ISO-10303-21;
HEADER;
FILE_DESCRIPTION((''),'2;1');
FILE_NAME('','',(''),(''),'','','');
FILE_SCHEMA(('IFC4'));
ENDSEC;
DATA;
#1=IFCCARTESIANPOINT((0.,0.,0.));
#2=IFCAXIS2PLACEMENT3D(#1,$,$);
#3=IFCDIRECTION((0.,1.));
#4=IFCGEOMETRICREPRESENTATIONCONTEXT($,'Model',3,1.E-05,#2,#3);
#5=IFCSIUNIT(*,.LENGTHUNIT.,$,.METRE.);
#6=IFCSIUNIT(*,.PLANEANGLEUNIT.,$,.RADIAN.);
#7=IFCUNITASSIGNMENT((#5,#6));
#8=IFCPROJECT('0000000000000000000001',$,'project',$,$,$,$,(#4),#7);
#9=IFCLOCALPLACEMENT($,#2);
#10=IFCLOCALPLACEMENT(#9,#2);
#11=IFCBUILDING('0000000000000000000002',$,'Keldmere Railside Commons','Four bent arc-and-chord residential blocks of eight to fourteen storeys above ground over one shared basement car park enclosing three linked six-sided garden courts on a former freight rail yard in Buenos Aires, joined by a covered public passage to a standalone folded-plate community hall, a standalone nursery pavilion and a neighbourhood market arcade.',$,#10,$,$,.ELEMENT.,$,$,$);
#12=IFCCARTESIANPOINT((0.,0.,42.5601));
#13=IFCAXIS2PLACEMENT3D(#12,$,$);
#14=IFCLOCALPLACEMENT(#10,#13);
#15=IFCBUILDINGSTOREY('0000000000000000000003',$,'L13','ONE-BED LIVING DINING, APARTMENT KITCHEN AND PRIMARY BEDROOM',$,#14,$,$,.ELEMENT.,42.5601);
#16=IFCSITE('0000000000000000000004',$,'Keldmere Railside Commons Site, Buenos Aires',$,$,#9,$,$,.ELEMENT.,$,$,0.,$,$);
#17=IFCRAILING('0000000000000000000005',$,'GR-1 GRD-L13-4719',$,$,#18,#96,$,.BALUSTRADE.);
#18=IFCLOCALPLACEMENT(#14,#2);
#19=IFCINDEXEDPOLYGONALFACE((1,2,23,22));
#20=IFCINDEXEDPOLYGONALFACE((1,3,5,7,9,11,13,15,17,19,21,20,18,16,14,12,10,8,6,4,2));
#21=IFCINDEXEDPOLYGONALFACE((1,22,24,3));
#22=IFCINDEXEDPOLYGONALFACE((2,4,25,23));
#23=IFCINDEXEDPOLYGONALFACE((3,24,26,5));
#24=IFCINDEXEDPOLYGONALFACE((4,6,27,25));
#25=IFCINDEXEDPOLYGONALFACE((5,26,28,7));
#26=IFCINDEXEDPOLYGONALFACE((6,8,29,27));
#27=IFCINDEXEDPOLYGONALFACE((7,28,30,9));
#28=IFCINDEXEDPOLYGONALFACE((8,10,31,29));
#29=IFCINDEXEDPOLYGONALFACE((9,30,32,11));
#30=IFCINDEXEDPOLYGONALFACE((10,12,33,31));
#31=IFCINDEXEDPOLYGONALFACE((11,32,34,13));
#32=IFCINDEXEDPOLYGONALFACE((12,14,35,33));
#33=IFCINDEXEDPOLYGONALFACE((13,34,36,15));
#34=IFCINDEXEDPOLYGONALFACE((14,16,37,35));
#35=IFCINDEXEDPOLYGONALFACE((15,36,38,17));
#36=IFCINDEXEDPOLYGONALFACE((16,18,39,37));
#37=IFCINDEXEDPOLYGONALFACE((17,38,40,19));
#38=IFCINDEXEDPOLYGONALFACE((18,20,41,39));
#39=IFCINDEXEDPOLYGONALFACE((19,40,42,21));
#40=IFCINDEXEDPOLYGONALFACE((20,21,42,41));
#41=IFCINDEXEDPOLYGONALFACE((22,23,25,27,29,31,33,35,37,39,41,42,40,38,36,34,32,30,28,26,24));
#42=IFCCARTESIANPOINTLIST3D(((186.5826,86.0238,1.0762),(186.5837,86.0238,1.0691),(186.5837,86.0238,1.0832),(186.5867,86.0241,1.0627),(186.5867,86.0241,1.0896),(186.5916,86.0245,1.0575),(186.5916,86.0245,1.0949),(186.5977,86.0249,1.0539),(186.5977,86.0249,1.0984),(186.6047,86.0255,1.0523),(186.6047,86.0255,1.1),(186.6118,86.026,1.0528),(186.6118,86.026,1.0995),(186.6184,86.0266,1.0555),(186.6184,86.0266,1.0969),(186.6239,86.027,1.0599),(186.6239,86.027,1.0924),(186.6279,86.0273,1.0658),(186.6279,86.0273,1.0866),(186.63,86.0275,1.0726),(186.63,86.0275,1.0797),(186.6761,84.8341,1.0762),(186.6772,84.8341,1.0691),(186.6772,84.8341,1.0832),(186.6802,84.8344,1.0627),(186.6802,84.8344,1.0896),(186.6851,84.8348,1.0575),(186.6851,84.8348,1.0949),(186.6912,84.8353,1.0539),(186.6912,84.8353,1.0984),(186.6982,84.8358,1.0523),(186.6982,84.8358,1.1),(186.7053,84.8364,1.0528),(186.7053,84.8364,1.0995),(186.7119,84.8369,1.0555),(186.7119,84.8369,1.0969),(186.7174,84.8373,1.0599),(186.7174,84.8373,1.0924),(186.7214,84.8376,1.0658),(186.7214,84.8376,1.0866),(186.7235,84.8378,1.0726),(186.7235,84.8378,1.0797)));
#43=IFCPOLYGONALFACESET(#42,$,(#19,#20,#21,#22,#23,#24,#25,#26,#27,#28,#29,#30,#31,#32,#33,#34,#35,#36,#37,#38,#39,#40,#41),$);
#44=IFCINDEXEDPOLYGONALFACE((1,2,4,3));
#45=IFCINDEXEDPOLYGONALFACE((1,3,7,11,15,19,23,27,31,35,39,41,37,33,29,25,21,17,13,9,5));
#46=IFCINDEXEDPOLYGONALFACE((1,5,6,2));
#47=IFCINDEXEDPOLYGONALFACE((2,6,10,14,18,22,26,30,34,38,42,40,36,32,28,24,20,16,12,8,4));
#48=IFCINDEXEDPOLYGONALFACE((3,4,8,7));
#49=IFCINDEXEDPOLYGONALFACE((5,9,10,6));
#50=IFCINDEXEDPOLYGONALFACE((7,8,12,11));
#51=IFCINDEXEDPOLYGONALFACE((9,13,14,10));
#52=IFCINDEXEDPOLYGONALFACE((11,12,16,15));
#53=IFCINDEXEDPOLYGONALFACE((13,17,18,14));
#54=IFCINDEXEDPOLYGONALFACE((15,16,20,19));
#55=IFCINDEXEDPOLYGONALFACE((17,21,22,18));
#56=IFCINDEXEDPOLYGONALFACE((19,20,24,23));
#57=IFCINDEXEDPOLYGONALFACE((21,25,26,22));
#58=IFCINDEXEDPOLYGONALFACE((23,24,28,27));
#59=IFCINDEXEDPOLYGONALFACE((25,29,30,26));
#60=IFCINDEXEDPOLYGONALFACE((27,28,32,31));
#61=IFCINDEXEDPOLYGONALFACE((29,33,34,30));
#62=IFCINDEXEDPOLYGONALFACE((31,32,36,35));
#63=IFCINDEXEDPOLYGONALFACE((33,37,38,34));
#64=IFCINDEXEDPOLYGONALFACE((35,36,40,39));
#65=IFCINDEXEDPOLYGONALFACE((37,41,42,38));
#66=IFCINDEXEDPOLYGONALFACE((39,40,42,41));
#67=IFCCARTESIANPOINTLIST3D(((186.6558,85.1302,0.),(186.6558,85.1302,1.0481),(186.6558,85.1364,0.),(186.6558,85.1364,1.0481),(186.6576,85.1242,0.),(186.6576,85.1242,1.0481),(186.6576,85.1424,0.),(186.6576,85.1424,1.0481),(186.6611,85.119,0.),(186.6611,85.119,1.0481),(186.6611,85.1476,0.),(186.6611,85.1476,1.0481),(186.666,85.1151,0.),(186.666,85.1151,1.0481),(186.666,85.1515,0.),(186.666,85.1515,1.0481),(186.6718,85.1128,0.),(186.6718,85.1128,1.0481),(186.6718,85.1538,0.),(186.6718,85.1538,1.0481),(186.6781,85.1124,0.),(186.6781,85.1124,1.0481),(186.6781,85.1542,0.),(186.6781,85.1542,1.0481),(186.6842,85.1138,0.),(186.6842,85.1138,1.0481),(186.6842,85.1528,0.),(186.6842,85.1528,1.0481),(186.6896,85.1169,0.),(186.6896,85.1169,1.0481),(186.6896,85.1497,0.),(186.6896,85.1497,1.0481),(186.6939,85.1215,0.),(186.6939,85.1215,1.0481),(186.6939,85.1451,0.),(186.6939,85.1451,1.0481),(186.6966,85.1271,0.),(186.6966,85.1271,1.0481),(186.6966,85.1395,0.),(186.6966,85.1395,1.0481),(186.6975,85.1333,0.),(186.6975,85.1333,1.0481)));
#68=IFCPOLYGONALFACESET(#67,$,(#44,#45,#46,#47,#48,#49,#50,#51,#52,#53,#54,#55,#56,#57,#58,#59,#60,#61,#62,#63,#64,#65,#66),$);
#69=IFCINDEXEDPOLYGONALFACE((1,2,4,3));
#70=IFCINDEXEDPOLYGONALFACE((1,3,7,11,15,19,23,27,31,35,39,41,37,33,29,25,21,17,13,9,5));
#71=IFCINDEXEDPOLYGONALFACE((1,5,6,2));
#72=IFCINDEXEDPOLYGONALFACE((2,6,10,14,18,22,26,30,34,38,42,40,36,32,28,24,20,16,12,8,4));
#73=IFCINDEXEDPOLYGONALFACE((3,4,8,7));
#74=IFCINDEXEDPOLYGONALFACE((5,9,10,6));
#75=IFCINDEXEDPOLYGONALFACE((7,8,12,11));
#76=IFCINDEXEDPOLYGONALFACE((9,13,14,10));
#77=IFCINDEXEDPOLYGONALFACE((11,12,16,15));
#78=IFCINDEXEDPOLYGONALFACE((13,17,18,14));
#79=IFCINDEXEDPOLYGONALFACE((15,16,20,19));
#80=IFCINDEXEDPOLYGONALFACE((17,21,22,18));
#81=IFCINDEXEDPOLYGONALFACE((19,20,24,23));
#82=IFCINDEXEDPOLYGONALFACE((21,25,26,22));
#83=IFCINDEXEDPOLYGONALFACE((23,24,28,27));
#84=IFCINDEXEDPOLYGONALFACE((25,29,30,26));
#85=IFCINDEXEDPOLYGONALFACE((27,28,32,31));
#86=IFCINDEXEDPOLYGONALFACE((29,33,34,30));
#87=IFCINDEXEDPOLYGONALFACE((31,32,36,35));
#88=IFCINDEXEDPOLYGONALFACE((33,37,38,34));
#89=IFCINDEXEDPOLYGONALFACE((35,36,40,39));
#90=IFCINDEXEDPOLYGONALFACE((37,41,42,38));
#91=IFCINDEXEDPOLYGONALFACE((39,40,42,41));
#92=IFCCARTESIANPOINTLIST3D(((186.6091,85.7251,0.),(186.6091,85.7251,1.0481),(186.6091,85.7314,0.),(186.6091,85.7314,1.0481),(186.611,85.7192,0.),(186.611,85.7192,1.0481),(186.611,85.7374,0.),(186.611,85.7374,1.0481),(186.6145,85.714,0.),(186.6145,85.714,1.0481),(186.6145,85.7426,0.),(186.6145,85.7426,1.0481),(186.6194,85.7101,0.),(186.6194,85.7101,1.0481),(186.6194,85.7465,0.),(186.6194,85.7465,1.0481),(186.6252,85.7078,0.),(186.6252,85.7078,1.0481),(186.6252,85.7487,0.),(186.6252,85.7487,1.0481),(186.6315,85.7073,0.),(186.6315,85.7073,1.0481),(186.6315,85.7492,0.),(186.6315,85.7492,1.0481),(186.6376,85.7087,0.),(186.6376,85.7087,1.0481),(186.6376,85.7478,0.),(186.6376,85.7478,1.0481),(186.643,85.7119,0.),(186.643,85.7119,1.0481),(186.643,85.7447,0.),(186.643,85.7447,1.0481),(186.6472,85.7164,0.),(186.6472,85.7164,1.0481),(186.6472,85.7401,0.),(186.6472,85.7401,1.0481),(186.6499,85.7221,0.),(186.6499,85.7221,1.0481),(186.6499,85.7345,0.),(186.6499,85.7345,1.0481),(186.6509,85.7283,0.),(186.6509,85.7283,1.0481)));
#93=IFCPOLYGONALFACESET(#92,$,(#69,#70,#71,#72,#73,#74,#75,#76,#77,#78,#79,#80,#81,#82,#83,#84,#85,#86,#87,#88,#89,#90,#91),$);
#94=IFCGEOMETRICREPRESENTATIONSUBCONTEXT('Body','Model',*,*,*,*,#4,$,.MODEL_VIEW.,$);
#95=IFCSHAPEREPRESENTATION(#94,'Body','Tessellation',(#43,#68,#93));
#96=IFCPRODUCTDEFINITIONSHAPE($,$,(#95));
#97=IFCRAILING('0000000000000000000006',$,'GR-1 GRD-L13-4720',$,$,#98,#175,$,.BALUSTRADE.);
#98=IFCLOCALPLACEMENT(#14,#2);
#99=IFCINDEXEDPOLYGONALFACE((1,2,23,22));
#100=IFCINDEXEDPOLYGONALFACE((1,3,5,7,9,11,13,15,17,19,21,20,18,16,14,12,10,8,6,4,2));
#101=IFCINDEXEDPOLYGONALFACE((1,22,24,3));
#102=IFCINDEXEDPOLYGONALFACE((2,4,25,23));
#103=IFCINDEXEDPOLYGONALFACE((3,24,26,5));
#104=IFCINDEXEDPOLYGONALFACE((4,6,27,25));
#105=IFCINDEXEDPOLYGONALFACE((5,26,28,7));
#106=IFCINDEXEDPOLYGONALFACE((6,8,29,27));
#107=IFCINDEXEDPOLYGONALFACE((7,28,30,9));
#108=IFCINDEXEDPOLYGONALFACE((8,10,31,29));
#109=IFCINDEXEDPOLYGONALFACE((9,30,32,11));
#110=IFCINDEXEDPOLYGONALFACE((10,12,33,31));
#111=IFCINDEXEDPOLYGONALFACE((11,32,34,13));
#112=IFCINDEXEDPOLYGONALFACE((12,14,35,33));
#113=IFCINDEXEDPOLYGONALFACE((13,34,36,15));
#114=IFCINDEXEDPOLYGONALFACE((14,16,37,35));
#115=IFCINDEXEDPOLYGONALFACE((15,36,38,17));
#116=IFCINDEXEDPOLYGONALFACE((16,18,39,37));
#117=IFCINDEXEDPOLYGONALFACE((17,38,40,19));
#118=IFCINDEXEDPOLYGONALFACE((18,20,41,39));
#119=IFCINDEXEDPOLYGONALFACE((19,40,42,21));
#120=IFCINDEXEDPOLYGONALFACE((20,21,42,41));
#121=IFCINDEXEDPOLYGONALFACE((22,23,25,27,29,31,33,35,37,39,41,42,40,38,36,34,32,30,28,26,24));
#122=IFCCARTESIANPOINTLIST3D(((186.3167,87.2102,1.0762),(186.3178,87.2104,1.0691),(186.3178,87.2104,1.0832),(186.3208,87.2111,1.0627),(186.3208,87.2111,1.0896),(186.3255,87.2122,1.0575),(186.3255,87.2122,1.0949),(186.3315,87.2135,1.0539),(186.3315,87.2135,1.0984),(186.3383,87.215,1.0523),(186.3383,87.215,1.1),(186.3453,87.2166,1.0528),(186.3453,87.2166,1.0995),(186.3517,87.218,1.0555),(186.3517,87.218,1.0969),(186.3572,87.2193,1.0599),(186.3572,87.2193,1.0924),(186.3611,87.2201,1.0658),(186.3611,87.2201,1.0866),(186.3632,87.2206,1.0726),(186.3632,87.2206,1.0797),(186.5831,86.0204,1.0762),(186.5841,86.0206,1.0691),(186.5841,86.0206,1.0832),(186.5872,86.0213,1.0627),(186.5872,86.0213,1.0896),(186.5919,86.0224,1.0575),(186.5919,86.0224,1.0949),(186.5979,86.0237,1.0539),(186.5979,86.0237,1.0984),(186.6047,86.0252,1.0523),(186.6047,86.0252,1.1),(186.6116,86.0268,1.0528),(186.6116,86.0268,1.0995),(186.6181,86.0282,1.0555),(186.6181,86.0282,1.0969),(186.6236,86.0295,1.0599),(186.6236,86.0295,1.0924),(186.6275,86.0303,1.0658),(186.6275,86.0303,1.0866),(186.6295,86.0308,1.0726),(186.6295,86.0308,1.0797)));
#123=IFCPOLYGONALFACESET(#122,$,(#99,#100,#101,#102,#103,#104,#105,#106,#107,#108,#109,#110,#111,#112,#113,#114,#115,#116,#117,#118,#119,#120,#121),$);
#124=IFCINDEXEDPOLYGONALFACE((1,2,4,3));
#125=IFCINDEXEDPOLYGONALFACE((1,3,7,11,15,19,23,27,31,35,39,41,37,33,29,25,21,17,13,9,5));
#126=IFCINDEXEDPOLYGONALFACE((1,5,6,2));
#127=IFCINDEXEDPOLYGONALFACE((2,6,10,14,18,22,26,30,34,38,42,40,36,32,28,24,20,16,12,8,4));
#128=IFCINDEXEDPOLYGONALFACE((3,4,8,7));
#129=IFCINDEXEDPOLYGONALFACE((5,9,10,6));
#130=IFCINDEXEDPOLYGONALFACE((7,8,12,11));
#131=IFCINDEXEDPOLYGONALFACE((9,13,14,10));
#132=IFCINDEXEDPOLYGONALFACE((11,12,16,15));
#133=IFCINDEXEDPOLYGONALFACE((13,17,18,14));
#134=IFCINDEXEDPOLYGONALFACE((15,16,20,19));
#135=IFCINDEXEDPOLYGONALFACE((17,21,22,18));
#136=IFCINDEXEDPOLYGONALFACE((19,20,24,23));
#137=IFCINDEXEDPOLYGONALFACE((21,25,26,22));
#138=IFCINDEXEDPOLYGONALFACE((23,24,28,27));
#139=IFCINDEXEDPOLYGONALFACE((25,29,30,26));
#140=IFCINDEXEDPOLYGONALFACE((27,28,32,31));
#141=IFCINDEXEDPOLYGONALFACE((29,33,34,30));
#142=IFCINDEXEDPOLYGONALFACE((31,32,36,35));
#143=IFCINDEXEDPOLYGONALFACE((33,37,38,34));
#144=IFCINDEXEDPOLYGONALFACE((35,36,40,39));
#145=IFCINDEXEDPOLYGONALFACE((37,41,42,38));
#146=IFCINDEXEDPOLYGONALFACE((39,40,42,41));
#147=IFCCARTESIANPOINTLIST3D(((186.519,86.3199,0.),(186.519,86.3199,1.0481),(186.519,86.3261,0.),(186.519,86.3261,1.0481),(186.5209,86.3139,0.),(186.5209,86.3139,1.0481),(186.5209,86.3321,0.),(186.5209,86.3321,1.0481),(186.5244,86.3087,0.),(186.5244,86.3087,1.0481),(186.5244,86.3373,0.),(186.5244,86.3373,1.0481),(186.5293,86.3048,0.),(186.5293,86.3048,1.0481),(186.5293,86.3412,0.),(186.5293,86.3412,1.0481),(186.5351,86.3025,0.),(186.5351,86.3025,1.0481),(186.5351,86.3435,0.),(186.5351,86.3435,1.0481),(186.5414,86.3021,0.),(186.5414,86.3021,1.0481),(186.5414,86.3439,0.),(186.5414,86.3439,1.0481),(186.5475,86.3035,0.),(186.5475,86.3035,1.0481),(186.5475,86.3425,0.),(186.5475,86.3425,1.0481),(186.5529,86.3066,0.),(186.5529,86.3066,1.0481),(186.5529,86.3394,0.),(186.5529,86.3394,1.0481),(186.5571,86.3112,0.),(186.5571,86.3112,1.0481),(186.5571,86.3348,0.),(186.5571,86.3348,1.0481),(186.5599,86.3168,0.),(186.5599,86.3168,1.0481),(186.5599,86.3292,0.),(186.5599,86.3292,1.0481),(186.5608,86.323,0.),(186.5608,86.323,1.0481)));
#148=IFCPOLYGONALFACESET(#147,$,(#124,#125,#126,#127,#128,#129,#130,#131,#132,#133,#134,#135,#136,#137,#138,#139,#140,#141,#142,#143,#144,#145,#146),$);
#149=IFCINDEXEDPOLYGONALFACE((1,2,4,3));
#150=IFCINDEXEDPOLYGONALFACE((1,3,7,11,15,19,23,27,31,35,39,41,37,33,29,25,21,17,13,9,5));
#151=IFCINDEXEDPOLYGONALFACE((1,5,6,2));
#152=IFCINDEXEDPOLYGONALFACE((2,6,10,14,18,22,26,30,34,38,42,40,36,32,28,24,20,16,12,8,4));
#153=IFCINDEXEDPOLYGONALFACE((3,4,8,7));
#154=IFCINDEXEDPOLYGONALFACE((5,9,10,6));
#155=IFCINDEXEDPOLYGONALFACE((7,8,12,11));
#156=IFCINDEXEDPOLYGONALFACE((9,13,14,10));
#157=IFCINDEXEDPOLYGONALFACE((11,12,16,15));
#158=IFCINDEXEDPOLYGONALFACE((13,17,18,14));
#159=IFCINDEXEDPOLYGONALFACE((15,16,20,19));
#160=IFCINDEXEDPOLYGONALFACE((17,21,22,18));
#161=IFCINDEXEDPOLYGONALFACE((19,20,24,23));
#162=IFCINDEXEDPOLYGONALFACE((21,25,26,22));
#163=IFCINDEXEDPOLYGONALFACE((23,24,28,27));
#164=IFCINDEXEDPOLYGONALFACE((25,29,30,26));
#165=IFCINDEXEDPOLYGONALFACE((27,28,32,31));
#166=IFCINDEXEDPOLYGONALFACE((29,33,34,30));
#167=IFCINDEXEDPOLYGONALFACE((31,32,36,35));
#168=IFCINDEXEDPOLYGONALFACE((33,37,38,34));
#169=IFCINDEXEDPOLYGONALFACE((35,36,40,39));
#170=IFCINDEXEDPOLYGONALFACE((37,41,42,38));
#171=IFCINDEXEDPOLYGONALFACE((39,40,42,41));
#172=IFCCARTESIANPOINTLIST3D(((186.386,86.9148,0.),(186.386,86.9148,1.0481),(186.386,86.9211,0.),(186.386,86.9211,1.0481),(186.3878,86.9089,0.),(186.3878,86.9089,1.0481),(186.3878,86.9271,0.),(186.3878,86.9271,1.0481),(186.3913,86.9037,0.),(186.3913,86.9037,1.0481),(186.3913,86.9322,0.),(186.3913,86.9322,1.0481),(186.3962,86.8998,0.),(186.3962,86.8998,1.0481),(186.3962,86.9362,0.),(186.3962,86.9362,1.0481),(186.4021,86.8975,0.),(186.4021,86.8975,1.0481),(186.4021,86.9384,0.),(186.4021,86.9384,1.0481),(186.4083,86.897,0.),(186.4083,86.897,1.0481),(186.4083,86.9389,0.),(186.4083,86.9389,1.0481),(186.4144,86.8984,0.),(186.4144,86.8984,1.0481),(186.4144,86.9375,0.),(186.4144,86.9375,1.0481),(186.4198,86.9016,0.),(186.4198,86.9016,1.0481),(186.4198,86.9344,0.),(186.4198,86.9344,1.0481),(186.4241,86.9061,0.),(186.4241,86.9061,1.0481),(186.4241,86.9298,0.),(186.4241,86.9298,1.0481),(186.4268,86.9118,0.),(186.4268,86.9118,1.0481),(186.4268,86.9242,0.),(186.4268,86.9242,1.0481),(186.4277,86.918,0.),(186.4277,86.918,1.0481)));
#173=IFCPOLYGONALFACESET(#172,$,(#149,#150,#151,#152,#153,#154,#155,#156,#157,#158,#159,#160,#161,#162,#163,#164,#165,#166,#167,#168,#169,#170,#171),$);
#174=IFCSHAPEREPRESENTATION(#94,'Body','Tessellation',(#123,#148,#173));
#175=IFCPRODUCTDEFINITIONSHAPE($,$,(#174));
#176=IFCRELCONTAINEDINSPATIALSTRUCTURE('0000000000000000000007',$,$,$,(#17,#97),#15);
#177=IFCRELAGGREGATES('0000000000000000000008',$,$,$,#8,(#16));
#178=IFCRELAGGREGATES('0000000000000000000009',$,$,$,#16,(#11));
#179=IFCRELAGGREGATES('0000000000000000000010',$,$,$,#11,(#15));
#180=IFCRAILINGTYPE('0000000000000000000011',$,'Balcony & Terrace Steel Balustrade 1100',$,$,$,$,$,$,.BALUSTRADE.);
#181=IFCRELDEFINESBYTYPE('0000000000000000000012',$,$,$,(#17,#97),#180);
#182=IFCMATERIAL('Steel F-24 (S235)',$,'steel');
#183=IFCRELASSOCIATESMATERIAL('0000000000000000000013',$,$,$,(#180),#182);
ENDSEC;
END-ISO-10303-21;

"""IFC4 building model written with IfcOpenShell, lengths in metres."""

from ifc_helpers import new_model, si_unit, direction, frame, origin, origin_2d, place, context, subcontext, project, spatial, circle, extrude, material, type_object, element, save


model = new_model("IFC4")

# Units and contexts
model_context = context("Model", 3, precision=1e-05, world=origin(), true_north=direction((0.0, 1.0)))
body_context = subcontext(model_context, "Body", "Model", "MODEL_VIEW")
ifc_project = project(units=[si_unit("LENGTHUNIT", "METRE"), si_unit("PLANEANGLEUNIT", "RADIAN")], contexts=[model_context])

# Site, building, storey
site_placement = place(None, origin())
site = spatial("IfcSite", under=ifc_project, at=site_placement, Name="Keldmere Railside Commons Site, Buenos Aires", CompositionType="ELEMENT", RefElevation=0.0)
building_placement = place(site_placement, origin())
building = spatial("IfcBuilding", under=site, at=building_placement, Name="Keldmere Railside Commons", Description="Four bent arc-and-chord residential blocks of eight to fourteen storeys above ground over one shared basement car park enclosing three linked six-sided garden courts on a former freight rail yard in Buenos Aires, joined by a covered public passage to a standalone folded-plate community hall, a standalone nursery pavilion and a neighbourhood market arcade.", CompositionType="ELEMENT")
storey_placement = place(building_placement, frame((0.0, 0.0, 42.5601)))
storey = spatial("IfcBuildingStorey", under=building, at=storey_placement, Name="L13", Description="ONE-BED LIVING DINING, APARTMENT KITCHEN AND PRIMARY BEDROOM", CompositionType="ELEMENT", Elevation=42.5601)

# Railings
ifc_material_1 = material(Name="Steel F-24 (S235)", Category="steel")
railing_type = type_object("IfcRailingType", Name="Balcony & Terrace Steel Balustrade 1100", PredefinedType="BALUSTRADE", material=ifc_material_1)
railing_1_placement = place(storey_placement, frame((186.7, 84.8359, 0.0)))
element("IfcRailing", 1, at=railing_1_placement, inside=storey, type_object=railing_type, Name="GR-1 GRD-L13-4719", PredefinedType="BALUSTRADE", context=body_context, shape_type="SweptSolid", body=[
    extrude(circle(Radius=0.0239, at=origin_2d()), frame((0.0, 0.0, 1.0762), z_axis=(-0.078355, 0.996926, 0.0), x_axis=(-0.996926, -0.078355, 0.0)), (0.0, 0.0, 1.0), 1.1934),
    extrude(circle(Radius=0.021, at=origin_2d()), frame((-0.0234, 0.2974, 0.0)), (0.0, 0.0, 1.0), 1.0481),
    extrude(circle(Radius=0.021, at=origin_2d()), frame((-0.0701, 0.8923, 0.0)), (0.0, 0.0, 1.0), 1.0481),
])
railing_2_placement = place(storey_placement, frame((186.6064, 86.0256, 0.0)))
element("IfcRailing", 2, at=railing_2_placement, inside=storey, type_object=railing_type, Name="GR-1 GRD-L13-4720", PredefinedType="BALUSTRADE", context=body_context, shape_type="SweptSolid", body=[
    extrude(circle(Radius=0.0239, at=origin_2d()), frame((0.0, 0.0, 1.0762), z_axis=(-0.218478, 0.975842, 0.0), x_axis=(-0.975842, -0.218478, 0.0)), (0.0, 0.0, 1.0), 1.2192),
    extrude(circle(Radius=0.021, at=origin_2d()), frame((-0.0667, 0.2974, 0.0)), (0.0, 0.0, 1.0), 1.0481),
    extrude(circle(Radius=0.021, at=origin_2d()), frame((-0.1997, 0.8923, 0.0)), (0.0, 0.0, 1.0), 1.0481),
])

save(model, "model.ifc")
